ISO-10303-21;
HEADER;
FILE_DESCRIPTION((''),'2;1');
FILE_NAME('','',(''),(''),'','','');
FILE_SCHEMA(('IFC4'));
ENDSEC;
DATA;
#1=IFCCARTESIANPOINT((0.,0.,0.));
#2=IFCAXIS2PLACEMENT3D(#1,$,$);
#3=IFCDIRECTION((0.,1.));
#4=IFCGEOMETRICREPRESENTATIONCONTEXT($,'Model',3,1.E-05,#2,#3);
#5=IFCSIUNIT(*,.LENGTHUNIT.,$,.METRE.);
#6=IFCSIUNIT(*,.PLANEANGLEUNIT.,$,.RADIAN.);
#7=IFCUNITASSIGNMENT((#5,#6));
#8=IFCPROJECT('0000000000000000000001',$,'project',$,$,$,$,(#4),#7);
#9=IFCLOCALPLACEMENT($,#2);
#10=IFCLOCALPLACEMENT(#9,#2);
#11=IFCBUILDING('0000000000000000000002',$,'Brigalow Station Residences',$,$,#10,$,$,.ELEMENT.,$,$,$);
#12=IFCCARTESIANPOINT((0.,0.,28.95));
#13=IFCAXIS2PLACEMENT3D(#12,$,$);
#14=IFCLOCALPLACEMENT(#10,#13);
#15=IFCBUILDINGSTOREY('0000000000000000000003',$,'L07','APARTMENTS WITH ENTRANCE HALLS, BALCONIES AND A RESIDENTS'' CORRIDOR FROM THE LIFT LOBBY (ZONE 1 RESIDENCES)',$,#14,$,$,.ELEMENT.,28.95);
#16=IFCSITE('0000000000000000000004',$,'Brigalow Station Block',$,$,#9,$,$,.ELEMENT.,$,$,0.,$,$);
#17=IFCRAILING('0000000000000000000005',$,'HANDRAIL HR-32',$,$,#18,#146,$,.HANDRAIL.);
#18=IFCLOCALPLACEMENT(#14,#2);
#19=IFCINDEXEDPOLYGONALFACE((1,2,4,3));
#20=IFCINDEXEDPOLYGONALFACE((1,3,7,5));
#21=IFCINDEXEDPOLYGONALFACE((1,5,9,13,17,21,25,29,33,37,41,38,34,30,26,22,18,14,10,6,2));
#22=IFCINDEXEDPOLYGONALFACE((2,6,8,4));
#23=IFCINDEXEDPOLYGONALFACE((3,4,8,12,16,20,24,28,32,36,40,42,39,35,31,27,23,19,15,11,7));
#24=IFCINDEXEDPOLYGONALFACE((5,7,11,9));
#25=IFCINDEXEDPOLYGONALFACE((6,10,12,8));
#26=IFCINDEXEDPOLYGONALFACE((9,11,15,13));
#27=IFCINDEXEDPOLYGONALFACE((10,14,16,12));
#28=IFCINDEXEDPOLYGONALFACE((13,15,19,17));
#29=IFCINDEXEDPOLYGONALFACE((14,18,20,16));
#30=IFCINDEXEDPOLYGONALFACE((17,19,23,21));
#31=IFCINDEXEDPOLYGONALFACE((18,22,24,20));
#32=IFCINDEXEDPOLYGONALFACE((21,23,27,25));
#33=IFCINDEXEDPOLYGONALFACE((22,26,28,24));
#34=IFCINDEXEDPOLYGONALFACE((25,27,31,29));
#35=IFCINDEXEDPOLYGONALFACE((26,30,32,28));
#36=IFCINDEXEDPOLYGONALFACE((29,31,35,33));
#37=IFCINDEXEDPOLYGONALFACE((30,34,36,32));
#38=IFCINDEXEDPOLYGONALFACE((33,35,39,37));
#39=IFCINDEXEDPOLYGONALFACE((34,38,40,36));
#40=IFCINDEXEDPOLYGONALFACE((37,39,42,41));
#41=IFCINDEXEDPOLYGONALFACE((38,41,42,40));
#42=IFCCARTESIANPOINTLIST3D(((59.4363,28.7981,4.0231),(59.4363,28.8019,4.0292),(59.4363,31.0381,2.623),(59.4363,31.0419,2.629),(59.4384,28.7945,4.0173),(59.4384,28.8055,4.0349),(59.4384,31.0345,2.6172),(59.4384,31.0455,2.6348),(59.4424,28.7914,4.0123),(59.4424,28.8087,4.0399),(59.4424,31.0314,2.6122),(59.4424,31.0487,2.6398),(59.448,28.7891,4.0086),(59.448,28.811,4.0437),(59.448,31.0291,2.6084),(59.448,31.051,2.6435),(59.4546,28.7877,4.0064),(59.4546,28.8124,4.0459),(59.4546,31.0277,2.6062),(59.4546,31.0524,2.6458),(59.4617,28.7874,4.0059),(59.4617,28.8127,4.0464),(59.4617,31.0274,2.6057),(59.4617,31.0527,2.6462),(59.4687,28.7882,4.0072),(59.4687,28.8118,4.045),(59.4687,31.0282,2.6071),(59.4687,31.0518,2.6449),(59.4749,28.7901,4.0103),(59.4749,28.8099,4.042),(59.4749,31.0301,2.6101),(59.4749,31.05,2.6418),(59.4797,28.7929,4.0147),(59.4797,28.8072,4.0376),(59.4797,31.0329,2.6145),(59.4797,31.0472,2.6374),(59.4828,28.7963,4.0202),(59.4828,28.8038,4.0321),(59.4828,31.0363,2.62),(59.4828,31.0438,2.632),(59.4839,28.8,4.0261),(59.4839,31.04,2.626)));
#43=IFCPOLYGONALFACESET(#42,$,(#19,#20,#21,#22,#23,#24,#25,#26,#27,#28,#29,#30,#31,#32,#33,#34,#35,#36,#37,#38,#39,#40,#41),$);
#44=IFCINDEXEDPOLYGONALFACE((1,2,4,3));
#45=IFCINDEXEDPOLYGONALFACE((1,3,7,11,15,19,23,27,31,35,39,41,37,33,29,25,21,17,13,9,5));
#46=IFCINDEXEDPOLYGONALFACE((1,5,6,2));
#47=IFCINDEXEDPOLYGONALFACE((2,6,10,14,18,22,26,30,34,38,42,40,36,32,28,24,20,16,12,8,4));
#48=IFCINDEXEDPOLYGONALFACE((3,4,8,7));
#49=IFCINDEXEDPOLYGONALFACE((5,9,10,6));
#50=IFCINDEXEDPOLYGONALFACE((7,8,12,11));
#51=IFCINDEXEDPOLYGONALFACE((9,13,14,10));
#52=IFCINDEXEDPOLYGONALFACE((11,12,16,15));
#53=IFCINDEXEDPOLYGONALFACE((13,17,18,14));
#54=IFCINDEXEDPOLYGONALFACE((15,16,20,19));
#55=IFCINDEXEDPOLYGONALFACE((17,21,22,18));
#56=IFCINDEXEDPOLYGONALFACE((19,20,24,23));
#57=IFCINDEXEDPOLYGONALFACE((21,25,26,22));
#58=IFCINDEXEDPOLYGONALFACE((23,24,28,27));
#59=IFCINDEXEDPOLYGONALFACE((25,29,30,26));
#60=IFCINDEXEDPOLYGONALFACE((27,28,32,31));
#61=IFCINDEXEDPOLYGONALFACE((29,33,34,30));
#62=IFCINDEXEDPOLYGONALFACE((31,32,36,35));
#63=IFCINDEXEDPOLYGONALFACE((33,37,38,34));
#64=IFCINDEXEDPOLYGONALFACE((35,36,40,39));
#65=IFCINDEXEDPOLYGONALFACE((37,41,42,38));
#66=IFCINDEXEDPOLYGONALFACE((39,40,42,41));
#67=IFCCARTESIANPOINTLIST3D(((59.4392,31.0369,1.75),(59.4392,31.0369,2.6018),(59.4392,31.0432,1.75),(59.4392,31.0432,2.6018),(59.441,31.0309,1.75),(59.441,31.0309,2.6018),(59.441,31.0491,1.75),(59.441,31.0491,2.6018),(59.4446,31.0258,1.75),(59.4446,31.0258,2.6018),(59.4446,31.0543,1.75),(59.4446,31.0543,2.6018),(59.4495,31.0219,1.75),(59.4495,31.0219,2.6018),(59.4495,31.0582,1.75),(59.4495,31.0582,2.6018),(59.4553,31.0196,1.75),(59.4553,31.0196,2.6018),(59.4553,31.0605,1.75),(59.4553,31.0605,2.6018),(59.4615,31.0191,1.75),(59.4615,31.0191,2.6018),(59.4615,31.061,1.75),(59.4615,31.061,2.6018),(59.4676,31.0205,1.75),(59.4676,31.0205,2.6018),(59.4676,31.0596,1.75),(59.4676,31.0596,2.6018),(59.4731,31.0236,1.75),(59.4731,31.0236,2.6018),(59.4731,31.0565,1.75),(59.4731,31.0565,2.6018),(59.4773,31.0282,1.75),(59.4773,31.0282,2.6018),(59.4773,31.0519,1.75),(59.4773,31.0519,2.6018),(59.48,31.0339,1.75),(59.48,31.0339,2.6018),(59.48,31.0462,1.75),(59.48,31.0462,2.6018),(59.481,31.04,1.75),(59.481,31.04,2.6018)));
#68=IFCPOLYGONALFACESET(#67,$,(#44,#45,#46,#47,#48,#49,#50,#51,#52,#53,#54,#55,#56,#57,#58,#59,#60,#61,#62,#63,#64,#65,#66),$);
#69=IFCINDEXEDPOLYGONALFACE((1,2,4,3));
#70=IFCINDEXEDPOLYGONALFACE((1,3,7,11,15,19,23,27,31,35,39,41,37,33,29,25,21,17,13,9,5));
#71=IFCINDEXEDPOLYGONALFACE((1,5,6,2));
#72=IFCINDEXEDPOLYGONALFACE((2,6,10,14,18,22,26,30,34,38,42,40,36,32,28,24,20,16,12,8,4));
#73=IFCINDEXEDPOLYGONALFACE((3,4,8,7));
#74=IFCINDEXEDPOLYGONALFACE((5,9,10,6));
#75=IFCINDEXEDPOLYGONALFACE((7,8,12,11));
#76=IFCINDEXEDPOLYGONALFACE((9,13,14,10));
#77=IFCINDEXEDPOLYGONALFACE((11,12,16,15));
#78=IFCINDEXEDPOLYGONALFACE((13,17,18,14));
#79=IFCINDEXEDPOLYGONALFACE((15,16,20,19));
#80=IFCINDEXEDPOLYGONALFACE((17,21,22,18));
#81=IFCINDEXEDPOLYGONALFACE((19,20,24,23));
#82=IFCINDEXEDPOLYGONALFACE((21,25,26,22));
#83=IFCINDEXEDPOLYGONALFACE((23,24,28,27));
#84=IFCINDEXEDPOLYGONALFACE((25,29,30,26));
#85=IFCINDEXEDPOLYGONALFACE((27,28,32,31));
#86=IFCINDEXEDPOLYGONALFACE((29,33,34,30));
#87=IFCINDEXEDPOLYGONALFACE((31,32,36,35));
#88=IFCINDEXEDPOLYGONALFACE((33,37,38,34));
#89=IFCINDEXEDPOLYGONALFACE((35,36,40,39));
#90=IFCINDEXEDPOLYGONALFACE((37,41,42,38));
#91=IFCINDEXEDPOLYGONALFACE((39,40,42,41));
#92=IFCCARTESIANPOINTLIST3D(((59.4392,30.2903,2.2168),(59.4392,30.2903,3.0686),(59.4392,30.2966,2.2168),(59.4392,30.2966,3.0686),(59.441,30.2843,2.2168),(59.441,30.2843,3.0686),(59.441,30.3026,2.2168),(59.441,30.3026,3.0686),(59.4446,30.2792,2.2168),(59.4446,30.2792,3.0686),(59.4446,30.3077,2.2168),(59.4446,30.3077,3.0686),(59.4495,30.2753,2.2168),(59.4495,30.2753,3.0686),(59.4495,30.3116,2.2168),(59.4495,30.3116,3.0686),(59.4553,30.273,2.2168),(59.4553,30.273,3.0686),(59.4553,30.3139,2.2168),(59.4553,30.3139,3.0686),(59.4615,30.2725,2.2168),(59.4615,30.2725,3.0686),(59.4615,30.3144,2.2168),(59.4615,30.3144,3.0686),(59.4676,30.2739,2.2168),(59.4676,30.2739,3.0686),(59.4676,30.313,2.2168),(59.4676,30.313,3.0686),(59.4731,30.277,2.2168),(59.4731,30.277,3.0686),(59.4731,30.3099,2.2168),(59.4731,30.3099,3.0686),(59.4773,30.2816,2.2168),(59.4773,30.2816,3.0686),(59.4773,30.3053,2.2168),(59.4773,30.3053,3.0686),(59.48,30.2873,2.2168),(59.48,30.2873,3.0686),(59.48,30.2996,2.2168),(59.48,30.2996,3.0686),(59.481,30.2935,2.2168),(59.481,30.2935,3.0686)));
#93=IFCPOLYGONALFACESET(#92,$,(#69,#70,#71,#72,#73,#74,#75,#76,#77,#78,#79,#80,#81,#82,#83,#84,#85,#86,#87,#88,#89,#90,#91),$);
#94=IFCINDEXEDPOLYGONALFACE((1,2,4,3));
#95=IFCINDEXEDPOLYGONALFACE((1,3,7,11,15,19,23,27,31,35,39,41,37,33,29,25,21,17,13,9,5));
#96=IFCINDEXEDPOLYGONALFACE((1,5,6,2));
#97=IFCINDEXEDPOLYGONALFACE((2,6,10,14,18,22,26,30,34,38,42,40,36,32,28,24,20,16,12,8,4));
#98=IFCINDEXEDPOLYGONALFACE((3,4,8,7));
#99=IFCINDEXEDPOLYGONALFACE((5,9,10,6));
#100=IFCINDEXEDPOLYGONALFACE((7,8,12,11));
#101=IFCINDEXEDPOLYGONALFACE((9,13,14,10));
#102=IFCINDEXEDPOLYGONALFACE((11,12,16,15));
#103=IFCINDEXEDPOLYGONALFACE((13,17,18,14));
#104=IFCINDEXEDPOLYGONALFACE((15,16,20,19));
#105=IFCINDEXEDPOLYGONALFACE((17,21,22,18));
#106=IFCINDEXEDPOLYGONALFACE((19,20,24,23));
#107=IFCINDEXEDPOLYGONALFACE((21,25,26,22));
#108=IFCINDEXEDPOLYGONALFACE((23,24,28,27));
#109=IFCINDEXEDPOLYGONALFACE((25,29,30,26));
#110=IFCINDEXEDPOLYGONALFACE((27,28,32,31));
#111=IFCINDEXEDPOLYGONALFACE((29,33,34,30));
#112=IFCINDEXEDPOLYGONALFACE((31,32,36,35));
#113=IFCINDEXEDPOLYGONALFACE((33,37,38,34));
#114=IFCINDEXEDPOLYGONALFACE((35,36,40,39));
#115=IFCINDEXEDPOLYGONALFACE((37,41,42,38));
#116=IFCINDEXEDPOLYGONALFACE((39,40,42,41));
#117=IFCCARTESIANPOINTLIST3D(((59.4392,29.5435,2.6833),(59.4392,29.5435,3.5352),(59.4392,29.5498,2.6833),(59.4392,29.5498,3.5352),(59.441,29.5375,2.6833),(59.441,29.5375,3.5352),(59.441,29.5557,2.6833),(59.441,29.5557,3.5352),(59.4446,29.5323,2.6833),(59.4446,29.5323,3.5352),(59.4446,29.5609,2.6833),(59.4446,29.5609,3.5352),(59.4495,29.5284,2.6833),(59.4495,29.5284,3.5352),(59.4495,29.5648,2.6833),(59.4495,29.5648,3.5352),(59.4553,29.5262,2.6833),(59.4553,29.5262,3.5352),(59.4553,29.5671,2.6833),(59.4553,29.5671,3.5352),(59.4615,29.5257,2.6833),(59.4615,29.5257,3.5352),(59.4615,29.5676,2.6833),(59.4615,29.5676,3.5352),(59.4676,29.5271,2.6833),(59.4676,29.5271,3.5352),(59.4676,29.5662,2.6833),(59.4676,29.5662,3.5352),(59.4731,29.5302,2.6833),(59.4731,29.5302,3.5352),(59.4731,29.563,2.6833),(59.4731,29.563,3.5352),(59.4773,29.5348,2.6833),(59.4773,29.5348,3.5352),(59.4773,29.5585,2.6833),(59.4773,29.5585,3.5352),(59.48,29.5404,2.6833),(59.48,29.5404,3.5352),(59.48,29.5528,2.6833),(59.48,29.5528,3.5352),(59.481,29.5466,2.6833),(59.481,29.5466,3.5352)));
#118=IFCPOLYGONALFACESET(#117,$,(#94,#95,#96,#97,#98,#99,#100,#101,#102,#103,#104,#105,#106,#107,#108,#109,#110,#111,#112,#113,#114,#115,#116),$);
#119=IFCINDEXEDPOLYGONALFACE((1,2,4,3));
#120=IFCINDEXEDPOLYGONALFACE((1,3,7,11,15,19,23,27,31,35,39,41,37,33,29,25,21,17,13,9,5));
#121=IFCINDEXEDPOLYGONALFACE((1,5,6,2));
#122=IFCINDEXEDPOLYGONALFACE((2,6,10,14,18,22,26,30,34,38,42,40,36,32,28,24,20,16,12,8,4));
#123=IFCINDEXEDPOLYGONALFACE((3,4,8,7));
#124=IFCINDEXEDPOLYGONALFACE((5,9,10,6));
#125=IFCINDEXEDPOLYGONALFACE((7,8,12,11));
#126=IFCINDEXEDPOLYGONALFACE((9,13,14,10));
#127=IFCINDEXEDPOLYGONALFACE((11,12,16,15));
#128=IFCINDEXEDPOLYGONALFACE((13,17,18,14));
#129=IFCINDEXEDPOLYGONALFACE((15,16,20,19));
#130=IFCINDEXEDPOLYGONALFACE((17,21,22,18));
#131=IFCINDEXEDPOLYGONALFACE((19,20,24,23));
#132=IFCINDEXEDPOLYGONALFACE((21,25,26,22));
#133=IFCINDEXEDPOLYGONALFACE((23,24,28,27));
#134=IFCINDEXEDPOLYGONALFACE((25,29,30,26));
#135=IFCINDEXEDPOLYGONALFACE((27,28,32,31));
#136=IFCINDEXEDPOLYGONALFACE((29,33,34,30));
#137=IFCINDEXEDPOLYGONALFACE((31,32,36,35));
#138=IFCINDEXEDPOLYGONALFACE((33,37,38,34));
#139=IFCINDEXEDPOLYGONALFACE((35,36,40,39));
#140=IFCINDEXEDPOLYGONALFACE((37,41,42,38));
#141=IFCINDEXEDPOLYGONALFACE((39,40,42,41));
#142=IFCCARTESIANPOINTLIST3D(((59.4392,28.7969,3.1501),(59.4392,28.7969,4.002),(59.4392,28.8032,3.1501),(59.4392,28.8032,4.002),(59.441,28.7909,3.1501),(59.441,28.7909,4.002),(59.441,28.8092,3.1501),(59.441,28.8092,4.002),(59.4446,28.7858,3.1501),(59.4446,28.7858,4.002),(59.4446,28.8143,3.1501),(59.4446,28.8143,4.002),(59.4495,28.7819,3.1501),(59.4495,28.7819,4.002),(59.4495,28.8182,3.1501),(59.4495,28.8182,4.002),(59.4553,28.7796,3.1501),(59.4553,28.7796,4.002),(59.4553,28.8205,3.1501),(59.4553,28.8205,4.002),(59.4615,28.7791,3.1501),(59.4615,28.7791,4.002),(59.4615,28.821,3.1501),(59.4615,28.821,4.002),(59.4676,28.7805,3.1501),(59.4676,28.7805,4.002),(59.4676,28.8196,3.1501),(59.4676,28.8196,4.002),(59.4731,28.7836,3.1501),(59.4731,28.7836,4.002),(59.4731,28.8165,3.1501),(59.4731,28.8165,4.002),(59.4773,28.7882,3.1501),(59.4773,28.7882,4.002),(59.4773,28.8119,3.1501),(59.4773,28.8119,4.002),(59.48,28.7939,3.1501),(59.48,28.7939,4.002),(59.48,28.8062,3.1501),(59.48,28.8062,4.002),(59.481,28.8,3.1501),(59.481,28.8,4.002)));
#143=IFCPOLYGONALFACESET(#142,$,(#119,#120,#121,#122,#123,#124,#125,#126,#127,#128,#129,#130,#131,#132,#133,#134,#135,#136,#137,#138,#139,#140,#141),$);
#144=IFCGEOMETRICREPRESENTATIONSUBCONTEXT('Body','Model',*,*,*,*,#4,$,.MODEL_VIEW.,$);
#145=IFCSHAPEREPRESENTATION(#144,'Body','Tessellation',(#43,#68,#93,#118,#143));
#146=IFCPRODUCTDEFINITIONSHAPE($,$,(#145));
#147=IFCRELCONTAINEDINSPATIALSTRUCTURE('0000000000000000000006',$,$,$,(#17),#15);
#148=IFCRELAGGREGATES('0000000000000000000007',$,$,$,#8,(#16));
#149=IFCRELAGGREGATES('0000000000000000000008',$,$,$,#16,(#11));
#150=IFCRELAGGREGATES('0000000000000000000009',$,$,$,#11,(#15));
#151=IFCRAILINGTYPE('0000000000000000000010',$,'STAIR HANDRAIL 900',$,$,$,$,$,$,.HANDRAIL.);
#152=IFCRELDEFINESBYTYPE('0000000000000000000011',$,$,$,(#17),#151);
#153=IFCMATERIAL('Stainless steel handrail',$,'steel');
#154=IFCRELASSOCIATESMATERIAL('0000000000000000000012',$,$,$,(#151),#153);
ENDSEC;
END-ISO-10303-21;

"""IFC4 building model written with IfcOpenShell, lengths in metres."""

from ifc_helpers import new_model, si_unit, direction, frame, origin, origin_2d, place, context, subcontext, project, spatial, circle, extrude, material, type_object, element, save


model = new_model("IFC4")

# Units and contexts
model_context = context("Model", 3, precision=1e-05, world=origin(), true_north=direction((0.0, 1.0)))
body_context = subcontext(model_context, "Body", "Model", "MODEL_VIEW")
ifc_project = project(units=[si_unit("LENGTHUNIT", "METRE"), si_unit("PLANEANGLEUNIT", "RADIAN")], contexts=[model_context])

# Site, building, storey
site_placement = place(None, origin())
site = spatial("IfcSite", under=ifc_project, at=site_placement, Name="Brigalow Station Block", CompositionType="ELEMENT", RefElevation=0.0)
building_placement = place(site_placement, origin())
building = spatial("IfcBuilding", under=site, at=building_placement, Name="Brigalow Station Residences", CompositionType="ELEMENT")
storey_placement = place(building_placement, frame((0.0, 0.0, 28.95)))
storey = spatial("IfcBuildingStorey", under=building, at=storey_placement, Name="L07", Description="APARTMENTS WITH ENTRANCE HALLS, BALCONIES AND A RESIDENTS' CORRIDOR FROM THE LIFT LOBBY (ZONE 1 RESIDENCES)", CompositionType="ELEMENT", Elevation=28.95)

# Railing
ifc_material_1 = material(Name="Stainless steel handrail", Category="steel")
railing_type_1 = type_object("IfcRailingType", Name="STAIR HANDRAIL 900", PredefinedType="HANDRAIL", material=ifc_material_1)
railing_1_placement = place(storey_placement, frame((59.46, 31.04, 1.75)))
element("IfcRailing", 1, at=railing_1_placement, inside=storey, type_object=railing_type_1, Name="HANDRAIL HR-32", PredefinedType="HANDRAIL", context=body_context, shape_type="SweptSolid", body=[
    extrude(circle(Radius=0.0239, at=origin_2d()), frame((0.0, 0.0, 0.876), z_axis=(0.0, -0.847972, 0.53004), x_axis=(1.0, 0.0, 0.0)), (0.0, 0.0, 1.0), 2.6416),
    extrude(circle(Radius=0.021, at=origin_2d()), origin(), (0.0, 0.0, 1.0), 0.8518),
    extrude(circle(Radius=0.021, at=origin_2d()), frame((0.0, -0.7466, 0.4668)), (0.0, 0.0, 1.0), 0.8518),
    extrude(circle(Radius=0.021, at=origin_2d()), frame((0.0, -1.4934, 0.9333)), (0.0, 0.0, 1.0), 0.8518),
    extrude(circle(Radius=0.021, at=origin_2d()), frame((0.0, -2.24, 1.4001)), (0.0, 0.0, 1.0), 0.8518),
])

save(model, "model.ifc")
